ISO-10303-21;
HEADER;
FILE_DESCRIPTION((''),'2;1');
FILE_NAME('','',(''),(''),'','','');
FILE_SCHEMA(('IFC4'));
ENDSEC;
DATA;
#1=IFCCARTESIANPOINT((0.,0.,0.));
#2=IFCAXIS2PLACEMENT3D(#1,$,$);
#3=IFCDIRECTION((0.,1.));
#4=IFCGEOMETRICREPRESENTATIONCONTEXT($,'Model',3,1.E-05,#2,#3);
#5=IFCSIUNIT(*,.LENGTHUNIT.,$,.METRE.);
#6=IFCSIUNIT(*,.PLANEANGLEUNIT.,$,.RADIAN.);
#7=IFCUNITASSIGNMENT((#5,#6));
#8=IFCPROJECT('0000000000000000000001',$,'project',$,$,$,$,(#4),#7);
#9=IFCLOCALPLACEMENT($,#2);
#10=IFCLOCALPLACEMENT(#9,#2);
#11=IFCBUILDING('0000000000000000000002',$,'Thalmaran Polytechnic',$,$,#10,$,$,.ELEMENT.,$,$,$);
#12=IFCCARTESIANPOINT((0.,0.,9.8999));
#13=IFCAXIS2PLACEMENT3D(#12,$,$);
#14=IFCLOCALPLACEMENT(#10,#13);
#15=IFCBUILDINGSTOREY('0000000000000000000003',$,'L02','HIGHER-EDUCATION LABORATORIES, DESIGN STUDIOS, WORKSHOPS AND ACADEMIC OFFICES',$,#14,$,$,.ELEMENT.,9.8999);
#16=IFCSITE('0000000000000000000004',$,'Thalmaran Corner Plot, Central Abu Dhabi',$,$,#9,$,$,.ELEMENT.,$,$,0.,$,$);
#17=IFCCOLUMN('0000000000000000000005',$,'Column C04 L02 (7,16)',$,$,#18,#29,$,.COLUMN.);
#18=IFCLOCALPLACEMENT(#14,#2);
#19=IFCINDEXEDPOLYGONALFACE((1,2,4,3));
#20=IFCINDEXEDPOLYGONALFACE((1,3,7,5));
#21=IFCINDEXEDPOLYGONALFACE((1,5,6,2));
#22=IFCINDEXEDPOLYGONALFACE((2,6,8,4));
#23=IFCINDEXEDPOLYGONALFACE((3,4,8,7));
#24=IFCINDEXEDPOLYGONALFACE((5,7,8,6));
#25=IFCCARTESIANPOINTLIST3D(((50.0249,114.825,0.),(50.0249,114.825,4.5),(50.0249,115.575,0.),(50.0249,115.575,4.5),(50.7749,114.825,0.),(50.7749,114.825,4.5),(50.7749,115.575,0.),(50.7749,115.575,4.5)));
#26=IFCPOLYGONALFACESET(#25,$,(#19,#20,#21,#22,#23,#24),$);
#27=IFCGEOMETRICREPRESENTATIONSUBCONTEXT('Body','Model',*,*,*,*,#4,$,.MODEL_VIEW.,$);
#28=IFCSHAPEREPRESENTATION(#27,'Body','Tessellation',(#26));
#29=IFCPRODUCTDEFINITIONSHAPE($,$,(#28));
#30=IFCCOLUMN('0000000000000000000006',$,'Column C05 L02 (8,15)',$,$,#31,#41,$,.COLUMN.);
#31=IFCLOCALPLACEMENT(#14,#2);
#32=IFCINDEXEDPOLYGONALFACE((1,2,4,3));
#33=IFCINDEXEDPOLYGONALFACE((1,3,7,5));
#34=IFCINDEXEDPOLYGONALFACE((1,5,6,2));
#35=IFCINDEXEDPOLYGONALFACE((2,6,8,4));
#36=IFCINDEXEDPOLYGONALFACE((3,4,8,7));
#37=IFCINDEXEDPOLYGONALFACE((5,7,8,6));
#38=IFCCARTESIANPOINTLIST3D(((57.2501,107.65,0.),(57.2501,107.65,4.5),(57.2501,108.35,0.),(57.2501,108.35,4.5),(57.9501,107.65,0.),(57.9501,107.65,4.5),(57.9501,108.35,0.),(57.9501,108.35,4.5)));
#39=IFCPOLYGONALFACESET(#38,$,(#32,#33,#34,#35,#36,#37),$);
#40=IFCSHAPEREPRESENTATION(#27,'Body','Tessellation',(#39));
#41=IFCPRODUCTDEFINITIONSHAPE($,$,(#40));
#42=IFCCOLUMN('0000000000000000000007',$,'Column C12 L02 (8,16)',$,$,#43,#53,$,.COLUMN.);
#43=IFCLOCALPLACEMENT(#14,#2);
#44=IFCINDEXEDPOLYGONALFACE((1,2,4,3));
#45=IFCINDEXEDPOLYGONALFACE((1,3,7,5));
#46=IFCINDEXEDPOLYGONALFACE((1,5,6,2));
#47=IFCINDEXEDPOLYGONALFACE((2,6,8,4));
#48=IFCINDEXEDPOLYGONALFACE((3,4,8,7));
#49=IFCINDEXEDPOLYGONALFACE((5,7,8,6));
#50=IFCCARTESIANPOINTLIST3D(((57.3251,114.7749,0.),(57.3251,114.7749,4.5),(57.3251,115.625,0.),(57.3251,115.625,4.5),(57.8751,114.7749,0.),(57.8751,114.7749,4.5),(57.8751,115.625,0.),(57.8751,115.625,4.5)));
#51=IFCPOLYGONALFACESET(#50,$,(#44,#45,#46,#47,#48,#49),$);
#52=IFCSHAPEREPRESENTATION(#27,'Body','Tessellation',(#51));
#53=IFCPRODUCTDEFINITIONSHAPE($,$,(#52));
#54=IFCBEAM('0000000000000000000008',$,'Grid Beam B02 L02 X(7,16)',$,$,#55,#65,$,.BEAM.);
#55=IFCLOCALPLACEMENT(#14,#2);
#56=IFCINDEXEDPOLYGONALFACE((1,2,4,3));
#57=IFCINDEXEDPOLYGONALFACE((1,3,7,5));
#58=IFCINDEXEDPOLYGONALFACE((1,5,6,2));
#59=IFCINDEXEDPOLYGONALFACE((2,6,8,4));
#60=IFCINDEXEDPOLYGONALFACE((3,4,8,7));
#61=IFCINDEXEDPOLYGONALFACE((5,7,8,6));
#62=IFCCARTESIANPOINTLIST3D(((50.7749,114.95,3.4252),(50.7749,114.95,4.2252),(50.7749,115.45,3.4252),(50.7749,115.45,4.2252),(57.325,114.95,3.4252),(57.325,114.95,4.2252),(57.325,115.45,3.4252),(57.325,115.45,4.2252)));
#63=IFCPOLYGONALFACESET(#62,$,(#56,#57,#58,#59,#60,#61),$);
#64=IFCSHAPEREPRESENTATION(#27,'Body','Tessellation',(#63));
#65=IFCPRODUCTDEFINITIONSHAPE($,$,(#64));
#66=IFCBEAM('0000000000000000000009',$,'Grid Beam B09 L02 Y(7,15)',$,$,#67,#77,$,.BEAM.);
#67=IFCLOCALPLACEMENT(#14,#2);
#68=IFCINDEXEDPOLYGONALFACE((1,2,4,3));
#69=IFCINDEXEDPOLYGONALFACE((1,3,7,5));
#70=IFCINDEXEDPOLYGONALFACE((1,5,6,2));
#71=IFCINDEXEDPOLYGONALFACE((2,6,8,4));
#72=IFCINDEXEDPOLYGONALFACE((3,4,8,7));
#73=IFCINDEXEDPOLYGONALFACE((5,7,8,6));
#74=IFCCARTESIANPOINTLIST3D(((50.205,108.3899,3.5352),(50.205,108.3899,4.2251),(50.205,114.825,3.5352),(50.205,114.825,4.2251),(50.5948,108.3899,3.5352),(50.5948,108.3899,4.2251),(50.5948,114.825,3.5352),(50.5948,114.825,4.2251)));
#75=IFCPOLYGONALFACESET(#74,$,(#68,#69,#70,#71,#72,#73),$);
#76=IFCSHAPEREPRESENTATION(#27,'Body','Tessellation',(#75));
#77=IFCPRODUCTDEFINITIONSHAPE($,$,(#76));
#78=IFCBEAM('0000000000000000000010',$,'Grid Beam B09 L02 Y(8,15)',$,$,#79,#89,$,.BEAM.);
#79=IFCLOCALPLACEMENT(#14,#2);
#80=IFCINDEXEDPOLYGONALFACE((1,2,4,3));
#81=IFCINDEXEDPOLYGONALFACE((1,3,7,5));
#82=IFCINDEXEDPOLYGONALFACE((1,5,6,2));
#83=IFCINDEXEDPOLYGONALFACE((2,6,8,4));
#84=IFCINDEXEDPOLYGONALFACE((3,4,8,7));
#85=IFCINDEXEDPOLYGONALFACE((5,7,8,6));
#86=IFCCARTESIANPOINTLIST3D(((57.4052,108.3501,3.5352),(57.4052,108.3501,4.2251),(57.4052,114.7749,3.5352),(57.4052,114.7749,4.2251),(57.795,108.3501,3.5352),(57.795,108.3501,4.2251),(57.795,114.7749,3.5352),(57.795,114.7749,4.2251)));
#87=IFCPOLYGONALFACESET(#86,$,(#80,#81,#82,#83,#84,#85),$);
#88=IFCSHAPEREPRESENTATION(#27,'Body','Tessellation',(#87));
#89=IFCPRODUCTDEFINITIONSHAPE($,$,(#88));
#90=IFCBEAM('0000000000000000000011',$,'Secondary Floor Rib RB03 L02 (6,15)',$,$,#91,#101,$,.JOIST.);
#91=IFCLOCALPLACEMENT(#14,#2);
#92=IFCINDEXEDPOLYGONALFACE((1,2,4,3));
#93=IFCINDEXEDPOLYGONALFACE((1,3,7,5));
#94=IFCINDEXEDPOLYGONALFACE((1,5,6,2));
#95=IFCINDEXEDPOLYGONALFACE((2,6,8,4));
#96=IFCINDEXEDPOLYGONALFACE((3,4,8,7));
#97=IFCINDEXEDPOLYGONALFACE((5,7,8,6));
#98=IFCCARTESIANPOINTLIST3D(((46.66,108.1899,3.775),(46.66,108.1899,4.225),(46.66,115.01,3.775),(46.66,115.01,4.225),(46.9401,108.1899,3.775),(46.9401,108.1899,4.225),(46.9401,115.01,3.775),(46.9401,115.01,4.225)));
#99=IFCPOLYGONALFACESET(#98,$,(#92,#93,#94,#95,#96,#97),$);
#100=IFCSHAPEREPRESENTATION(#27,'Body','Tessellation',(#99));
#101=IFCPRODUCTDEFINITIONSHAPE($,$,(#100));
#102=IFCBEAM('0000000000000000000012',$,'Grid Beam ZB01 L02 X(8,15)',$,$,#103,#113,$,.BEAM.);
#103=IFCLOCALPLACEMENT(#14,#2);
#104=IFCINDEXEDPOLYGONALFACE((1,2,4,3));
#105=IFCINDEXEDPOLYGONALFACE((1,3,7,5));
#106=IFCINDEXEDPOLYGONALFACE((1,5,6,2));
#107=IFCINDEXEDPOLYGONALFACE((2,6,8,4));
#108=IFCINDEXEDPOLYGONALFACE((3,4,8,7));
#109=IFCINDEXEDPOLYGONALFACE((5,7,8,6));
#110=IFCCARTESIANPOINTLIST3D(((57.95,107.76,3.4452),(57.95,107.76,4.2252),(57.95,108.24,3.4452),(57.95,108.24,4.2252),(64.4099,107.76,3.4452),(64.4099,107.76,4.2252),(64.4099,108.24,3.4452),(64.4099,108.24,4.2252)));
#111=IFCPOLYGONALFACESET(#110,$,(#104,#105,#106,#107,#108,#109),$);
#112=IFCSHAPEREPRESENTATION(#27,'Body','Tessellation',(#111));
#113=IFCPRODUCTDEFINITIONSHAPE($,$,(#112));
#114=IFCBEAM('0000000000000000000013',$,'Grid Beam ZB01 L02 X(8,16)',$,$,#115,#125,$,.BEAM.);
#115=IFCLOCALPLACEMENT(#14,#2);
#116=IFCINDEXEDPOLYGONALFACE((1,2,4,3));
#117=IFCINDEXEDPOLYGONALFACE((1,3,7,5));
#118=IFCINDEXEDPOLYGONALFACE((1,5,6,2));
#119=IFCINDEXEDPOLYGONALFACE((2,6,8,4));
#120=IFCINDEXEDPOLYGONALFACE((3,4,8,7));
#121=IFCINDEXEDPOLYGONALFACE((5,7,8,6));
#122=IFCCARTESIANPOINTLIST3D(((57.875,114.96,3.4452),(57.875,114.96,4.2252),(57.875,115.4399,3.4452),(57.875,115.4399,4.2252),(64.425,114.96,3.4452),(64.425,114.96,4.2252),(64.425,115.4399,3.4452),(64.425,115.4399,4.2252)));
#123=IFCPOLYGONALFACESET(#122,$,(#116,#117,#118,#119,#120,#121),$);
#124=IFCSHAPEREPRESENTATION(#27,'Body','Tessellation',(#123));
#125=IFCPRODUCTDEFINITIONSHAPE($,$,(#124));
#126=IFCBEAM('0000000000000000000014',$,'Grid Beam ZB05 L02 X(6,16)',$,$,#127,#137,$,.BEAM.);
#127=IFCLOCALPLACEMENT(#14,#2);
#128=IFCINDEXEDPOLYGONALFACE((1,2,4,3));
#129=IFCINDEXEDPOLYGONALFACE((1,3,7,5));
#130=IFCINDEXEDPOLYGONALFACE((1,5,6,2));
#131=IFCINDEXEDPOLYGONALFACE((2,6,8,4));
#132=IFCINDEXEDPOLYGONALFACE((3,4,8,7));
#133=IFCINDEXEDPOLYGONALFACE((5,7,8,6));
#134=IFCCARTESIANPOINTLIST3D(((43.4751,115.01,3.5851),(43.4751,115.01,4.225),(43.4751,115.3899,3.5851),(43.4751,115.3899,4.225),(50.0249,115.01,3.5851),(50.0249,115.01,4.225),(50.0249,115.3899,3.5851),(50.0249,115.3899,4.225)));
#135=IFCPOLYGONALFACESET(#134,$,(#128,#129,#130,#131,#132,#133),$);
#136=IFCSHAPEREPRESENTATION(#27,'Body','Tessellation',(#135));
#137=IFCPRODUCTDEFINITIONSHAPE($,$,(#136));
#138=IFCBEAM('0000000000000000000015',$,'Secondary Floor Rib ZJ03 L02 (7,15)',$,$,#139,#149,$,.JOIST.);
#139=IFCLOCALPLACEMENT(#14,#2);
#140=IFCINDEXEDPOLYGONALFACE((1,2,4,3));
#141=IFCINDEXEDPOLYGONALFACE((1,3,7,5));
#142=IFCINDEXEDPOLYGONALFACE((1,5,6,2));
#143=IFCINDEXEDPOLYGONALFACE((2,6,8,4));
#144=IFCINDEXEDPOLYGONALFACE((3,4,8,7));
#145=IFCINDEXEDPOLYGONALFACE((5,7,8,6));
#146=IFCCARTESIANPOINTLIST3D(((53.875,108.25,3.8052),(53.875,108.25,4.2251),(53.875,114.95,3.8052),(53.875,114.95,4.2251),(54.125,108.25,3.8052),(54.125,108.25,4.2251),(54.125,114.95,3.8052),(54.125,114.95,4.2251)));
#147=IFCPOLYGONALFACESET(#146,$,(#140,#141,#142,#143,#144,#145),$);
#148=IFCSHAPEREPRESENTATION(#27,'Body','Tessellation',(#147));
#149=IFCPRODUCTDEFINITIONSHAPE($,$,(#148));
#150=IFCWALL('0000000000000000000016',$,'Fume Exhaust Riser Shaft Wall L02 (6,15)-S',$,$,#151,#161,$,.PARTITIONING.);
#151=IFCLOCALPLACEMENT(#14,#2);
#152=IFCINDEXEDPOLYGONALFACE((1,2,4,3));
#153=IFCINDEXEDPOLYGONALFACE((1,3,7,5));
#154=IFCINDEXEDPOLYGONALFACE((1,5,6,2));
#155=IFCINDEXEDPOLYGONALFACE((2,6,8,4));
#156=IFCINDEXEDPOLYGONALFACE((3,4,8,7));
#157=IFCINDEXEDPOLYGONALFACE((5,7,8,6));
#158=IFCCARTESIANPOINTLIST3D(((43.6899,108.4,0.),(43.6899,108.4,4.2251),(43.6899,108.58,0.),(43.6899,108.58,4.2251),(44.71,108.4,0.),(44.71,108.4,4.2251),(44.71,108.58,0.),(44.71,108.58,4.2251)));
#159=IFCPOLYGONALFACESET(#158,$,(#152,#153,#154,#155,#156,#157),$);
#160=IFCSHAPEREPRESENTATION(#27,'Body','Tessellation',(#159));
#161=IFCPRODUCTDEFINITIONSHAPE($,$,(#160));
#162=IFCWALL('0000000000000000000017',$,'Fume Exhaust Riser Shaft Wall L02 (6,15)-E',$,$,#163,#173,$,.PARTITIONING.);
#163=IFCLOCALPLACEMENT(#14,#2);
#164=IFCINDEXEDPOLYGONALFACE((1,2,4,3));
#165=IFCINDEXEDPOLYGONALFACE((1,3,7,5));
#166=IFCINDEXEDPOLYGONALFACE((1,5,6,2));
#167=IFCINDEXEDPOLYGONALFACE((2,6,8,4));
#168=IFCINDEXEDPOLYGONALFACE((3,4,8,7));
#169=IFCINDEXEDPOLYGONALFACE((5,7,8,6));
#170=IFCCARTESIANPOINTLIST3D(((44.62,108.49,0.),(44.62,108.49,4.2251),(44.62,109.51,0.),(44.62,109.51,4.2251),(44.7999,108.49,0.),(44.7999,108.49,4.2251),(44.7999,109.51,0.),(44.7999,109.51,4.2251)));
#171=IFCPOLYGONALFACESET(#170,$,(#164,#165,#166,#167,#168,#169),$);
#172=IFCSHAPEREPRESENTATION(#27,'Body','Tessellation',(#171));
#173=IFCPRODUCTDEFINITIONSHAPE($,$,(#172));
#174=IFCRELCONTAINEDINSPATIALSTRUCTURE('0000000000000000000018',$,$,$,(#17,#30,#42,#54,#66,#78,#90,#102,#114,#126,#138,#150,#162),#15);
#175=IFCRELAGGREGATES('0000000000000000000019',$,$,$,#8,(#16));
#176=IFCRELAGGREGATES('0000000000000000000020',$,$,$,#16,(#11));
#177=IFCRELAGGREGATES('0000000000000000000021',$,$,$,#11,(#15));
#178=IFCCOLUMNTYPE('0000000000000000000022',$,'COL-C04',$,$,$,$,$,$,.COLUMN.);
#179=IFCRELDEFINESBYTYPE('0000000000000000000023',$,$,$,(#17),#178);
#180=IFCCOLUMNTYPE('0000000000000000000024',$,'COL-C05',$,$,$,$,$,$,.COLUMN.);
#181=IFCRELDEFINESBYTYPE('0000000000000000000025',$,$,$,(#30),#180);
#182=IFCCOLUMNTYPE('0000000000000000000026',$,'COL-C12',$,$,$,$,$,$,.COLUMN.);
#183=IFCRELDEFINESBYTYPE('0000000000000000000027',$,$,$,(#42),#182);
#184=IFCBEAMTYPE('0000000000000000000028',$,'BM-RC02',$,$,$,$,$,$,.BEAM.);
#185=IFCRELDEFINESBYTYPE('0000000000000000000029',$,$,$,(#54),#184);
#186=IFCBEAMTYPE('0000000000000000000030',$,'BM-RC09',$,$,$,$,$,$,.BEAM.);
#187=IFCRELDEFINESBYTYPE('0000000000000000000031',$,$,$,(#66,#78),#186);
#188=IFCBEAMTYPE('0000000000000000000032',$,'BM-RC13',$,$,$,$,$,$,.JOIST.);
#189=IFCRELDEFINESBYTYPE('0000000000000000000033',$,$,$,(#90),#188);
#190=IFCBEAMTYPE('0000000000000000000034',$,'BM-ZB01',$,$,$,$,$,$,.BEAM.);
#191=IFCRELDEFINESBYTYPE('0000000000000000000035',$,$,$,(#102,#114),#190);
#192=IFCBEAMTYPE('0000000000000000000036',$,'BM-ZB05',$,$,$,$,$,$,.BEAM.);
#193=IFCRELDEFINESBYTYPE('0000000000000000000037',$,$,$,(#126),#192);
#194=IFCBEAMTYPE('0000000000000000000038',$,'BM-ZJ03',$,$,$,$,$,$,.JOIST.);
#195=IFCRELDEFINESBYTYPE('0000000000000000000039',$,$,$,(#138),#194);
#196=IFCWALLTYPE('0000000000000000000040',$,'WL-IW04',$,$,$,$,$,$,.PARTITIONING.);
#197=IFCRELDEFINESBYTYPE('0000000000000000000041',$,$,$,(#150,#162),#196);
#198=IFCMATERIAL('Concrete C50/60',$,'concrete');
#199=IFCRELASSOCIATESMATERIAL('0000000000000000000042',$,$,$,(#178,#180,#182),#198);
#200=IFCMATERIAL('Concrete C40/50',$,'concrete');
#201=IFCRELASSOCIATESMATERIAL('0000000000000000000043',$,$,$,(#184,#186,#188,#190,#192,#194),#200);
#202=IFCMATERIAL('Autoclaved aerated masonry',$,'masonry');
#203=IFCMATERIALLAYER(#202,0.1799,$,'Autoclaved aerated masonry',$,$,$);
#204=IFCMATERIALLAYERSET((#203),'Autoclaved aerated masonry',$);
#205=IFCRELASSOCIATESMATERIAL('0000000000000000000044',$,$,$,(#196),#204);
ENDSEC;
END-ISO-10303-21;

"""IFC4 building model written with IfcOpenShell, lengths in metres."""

from ifc_helpers import new_model, si_unit, direction, frame, frame_2d, origin, origin_2d, place, context, subcontext, project, spatial, rectangle, extrude, material, layer, layer_set, material_profile, profile_set, type_object, element, save


model = new_model("IFC4")

# Units and contexts
model_context = context("Model", 3, precision=1e-05, world=origin(), true_north=direction((0.0, 1.0)))
body_context = subcontext(model_context, "Body", "Model", "MODEL_VIEW")
ifc_project = project(units=[si_unit("LENGTHUNIT", "METRE"), si_unit("PLANEANGLEUNIT", "RADIAN")], contexts=[model_context])

# Site, building, storey
site_placement = place(None, origin())
site = spatial("IfcSite", under=ifc_project, at=site_placement, Name="Thalmaran Corner Plot, Central Abu Dhabi", CompositionType="ELEMENT", RefElevation=0.0)
building_placement = place(site_placement, origin())
building = spatial("IfcBuilding", under=site, at=building_placement, Name="Thalmaran Polytechnic", CompositionType="ELEMENT")
storey_placement = place(building_placement, frame((0.0, 0.0, 9.8999)))
storey = spatial("IfcBuildingStorey", under=building, at=storey_placement, Name="L02", Description="HIGHER-EDUCATION LABORATORIES, DESIGN STUDIOS, WORKSHOPS AND ACADEMIC OFFICES", CompositionType="ELEMENT", Elevation=9.8999)

# Columns
ifc_material_1 = material(Name="Concrete C50/60", Category="concrete")
ifc_material_profile_1 = material_profile(ifc_material_1, rectangle(XDim=0.75, YDim=0.75, at=origin_2d()), Name="RC 750x750")
ifc_profile_set_1 = profile_set([ifc_material_profile_1], Name="Concrete C50/60")
column_type_1 = type_object("IfcColumnType", Name="COL-C04", PredefinedType="COLUMN", material=ifc_profile_set_1)
column_1_placement = place(storey_placement, frame((50.3999, 115.2, 0.0), z_axis=(0.0, 0.0, 1.0), x_axis=(1.0, 0.0, 0.0)))
element("IfcColumn", 1, at=column_1_placement, inside=storey, type_object=column_type_1, Name="Column C04 L02 (7,16)", PredefinedType="COLUMN", context=body_context, shape_type="SweptSolid", body=[
    extrude(rectangle(XDim=0.75, YDim=0.75, at=origin_2d()), origin(), (0.0, 0.0, 1.0), 4.5),
])
ifc_material_profile_2 = material_profile(ifc_material_1, rectangle(XDim=0.7, YDim=0.7, at=origin_2d()), Name="RC 700x700")
ifc_profile_set_2 = profile_set([ifc_material_profile_2], Name="Concrete C50/60")
column_type_2 = type_object("IfcColumnType", Name="COL-C05", PredefinedType="COLUMN", material=ifc_profile_set_2)
column_2_placement = place(storey_placement, frame((57.6001, 108.0, 0.0), z_axis=(0.0, 0.0, 1.0), x_axis=(1.0, 0.0, 0.0)))
element("IfcColumn", 2, at=column_2_placement, inside=storey, type_object=column_type_2, Name="Column C05 L02 (8,15)", PredefinedType="COLUMN", context=body_context, shape_type="SweptSolid", body=[
    extrude(rectangle(XDim=0.7, YDim=0.7, at=origin_2d()), origin(), (0.0, 0.0, 1.0), 4.5),
])
ifc_material_profile_3 = material_profile(ifc_material_1, rectangle(XDim=0.55, YDim=0.8501, at=origin_2d()), Name="RC 550x850")
ifc_profile_set_3 = profile_set([ifc_material_profile_3], Name="Concrete C50/60")
column_type_3 = type_object("IfcColumnType", Name="COL-C12", PredefinedType="COLUMN", material=ifc_profile_set_3)
column_3_placement = place(storey_placement, frame((57.6001, 115.2, 0.0), z_axis=(0.0, 0.0, 1.0), x_axis=(1.0, 0.0, 0.0)))
element("IfcColumn", 3, at=column_3_placement, inside=storey, type_object=column_type_3, Name="Column C12 L02 (8,16)", PredefinedType="COLUMN", context=body_context, shape_type="SweptSolid", body=[
    extrude(rectangle(XDim=0.55, YDim=0.8501, at=origin_2d()), origin(), (0.0, 0.0, 1.0), 4.5),
])

# Beams
ifc_material_2 = material(Name="Concrete C40/50", Category="concrete")
ifc_material_profile_4 = material_profile(ifc_material_2, rectangle(XDim=0.5, YDim=0.8, at=origin_2d()), Name="RC 500x800")
ifc_profile_set_4 = profile_set([ifc_material_profile_4], Name="Concrete C40/50")
beam_type_1 = type_object("IfcBeamType", Name="BM-RC02", PredefinedType="BEAM", material=ifc_profile_set_4)
beam_1_placement = place(storey_placement, frame((50.7749, 115.2, 3.8252), z_axis=(1.0, 0.0, 0.0), x_axis=(0.0, 1.0, 0.0)))
element("IfcBeam", 4, at=beam_1_placement, inside=storey, type_object=beam_type_1, Name="Grid Beam B02 L02 X(7,16)", PredefinedType="BEAM", context=body_context, shape_type="SweptSolid", body=[
    extrude(rectangle(XDim=0.5, YDim=0.8, at=origin_2d()), origin(), (0.0, 0.0, 1.0), 6.55),
])
ifc_material_profile_5 = material_profile(ifc_material_2, rectangle(XDim=0.3899, YDim=0.6899, at=origin_2d()), Name="RC 390x690")
ifc_profile_set_5 = profile_set([ifc_material_profile_5], Name="Concrete C40/50")
beam_type_2 = type_object("IfcBeamType", Name="BM-RC09", PredefinedType="BEAM", material=ifc_profile_set_5)
beam_2_placement = place(storey_placement, frame((50.3999, 108.3899, 3.8801), z_axis=(0.0, 1.0, 0.0), x_axis=(-1.0, 0.0, 0.0)))
element("IfcBeam", 5, at=beam_2_placement, inside=storey, type_object=beam_type_2, Name="Grid Beam B09 L02 Y(7,15)", PredefinedType="BEAM", context=body_context, shape_type="SweptSolid", body=[
    extrude(rectangle(XDim=0.3899, YDim=0.6899, at=origin_2d()), origin(), (0.0, 0.0, 1.0), 6.4351),
])
beam_3_placement = place(storey_placement, frame((57.6001, 108.3501, 3.8801), z_axis=(0.0, 1.0, 0.0), x_axis=(-1.0, 0.0, 0.0)))
element("IfcBeam", 6, at=beam_3_placement, inside=storey, type_object=beam_type_2, Name="Grid Beam B09 L02 Y(8,15)", PredefinedType="BEAM", context=body_context, shape_type="SweptSolid", body=[
    extrude(rectangle(XDim=0.3899, YDim=0.6899, at=origin_2d()), origin(), (0.0, 0.0, 1.0), 6.4248),
])
ifc_material_profile_6 = material_profile(ifc_material_2, rectangle(XDim=0.28, YDim=0.45, at=origin_2d()), Name="RC 280x450")
ifc_profile_set_6 = profile_set([ifc_material_profile_6], Name="Concrete C40/50")
beam_type_3 = type_object("IfcBeamType", Name="BM-RC13", PredefinedType="JOIST", material=ifc_profile_set_6)
beam_4_placement = place(storey_placement, frame((46.8, 108.1899, 4.0), z_axis=(0.0, 1.0, 0.0), x_axis=(-1.0, 0.0, 0.0)))
element("IfcBeam", 7, at=beam_4_placement, inside=storey, type_object=beam_type_3, Name="Secondary Floor Rib RB03 L02 (6,15)", PredefinedType="JOIST", context=body_context, shape_type="SweptSolid", body=[
    extrude(rectangle(XDim=0.28, YDim=0.45, at=origin_2d()), origin(), (0.0, 0.0, 1.0), 6.8201),
])
ifc_material_profile_7 = material_profile(ifc_material_2, rectangle(XDim=0.48, YDim=0.78, at=origin_2d()), Name="RC 480x780")
ifc_profile_set_7 = profile_set([ifc_material_profile_7], Name="Concrete C40/50")
beam_type_4 = type_object("IfcBeamType", Name="BM-ZB01", PredefinedType="BEAM", material=ifc_profile_set_7)
beam_5_placement = place(storey_placement, frame((57.95, 108.0, 3.8352), z_axis=(1.0, 0.0, 0.0), x_axis=(0.0, 1.0, 0.0)))
element("IfcBeam", 8, at=beam_5_placement, inside=storey, type_object=beam_type_4, Name="Grid Beam ZB01 L02 X(8,15)", PredefinedType="BEAM", context=body_context, shape_type="SweptSolid", body=[
    extrude(rectangle(XDim=0.48, YDim=0.78, at=origin_2d()), origin(), (0.0, 0.0, 1.0), 6.46),
])
beam_6_placement = place(storey_placement, frame((57.875, 115.2, 3.8352), z_axis=(1.0, 0.0, 0.0), x_axis=(0.0, 1.0, 0.0)))
element("IfcBeam", 9, at=beam_6_placement, inside=storey, type_object=beam_type_4, Name="Grid Beam ZB01 L02 X(8,16)", PredefinedType="BEAM", context=body_context, shape_type="SweptSolid", body=[
    extrude(rectangle(XDim=0.48, YDim=0.78, at=origin_2d()), origin(), (0.0, 0.0, 1.0), 6.55),
])
ifc_material_profile_8 = material_profile(ifc_material_2, rectangle(XDim=0.3799, YDim=0.6399, at=origin_2d()), Name="RC 380x640")
ifc_profile_set_8 = profile_set([ifc_material_profile_8], Name="Concrete C40/50")
beam_type_5 = type_object("IfcBeamType", Name="BM-ZB05", PredefinedType="BEAM", material=ifc_profile_set_8)
beam_7_placement = place(storey_placement, frame((43.4751, 115.2, 3.905), z_axis=(1.0, 0.0, 0.0), x_axis=(0.0, 1.0, 0.0)))
element("IfcBeam", 10, at=beam_7_placement, inside=storey, type_object=beam_type_5, Name="Grid Beam ZB05 L02 X(6,16)", PredefinedType="BEAM", context=body_context, shape_type="SweptSolid", body=[
    extrude(rectangle(XDim=0.3799, YDim=0.6399, at=origin_2d()), origin(), (0.0, 0.0, 1.0), 6.5498),
])
ifc_material_profile_9 = material_profile(ifc_material_2, rectangle(XDim=0.25, YDim=0.4199, at=origin_2d()), Name="RC 250x420")
ifc_profile_set_9 = profile_set([ifc_material_profile_9], Name="Concrete C40/50")
beam_type_6 = type_object("IfcBeamType", Name="BM-ZJ03", PredefinedType="JOIST", material=ifc_profile_set_9)
beam_8_placement = place(storey_placement, frame((54.0, 108.25, 4.0151), z_axis=(0.0, 1.0, 0.0), x_axis=(-1.0, 0.0, 0.0)))
element("IfcBeam", 11, at=beam_8_placement, inside=storey, type_object=beam_type_6, Name="Secondary Floor Rib ZJ03 L02 (7,15)", PredefinedType="JOIST", context=body_context, shape_type="SweptSolid", body=[
    extrude(rectangle(XDim=0.25, YDim=0.4199, at=origin_2d()), origin(), (0.0, 0.0, 1.0), 6.7),
])

# Walls
ifc_material_3 = material(Name="Autoclaved aerated masonry", Category="masonry")
ifc_layer_1 = layer(ifc_material_3, 0.1799, Name="Autoclaved aerated masonry")
ifc_layer_set_1 = layer_set([ifc_layer_1], Name="Autoclaved aerated masonry")
wall_type_1 = type_object("IfcWallType", Name="WL-IW04", PredefinedType="PARTITIONING", material=ifc_layer_set_1)
for number, where, z_axis, x_axis, name in (
    (12, (43.6899, 108.49, 0.0), (0.0, 0.0, 1.0), (1.0, 0.0, 0.0), "Fume Exhaust Riser Shaft Wall L02 (6,15)-S"),
    (13, (44.71, 108.49, 0.0), (0.0, 0.0, 1.0), (0.0, 1.0, 0.0), "Fume Exhaust Riser Shaft Wall L02 (6,15)-E"),
):
    element("IfcWall", number, at=place(storey_placement, frame(where, z_axis=z_axis, x_axis=x_axis)), inside=storey, type_object=wall_type_1, Name=name, PredefinedType="PARTITIONING", context=body_context, shape_type="SweptSolid", body=[
        extrude(rectangle(XDim=1.02, YDim=0.1799, at=frame_2d((0.51, 0.0))), origin(), (0.0, 0.0, 1.0), 4.2251),
    ])

save(model, "model.ifc")
